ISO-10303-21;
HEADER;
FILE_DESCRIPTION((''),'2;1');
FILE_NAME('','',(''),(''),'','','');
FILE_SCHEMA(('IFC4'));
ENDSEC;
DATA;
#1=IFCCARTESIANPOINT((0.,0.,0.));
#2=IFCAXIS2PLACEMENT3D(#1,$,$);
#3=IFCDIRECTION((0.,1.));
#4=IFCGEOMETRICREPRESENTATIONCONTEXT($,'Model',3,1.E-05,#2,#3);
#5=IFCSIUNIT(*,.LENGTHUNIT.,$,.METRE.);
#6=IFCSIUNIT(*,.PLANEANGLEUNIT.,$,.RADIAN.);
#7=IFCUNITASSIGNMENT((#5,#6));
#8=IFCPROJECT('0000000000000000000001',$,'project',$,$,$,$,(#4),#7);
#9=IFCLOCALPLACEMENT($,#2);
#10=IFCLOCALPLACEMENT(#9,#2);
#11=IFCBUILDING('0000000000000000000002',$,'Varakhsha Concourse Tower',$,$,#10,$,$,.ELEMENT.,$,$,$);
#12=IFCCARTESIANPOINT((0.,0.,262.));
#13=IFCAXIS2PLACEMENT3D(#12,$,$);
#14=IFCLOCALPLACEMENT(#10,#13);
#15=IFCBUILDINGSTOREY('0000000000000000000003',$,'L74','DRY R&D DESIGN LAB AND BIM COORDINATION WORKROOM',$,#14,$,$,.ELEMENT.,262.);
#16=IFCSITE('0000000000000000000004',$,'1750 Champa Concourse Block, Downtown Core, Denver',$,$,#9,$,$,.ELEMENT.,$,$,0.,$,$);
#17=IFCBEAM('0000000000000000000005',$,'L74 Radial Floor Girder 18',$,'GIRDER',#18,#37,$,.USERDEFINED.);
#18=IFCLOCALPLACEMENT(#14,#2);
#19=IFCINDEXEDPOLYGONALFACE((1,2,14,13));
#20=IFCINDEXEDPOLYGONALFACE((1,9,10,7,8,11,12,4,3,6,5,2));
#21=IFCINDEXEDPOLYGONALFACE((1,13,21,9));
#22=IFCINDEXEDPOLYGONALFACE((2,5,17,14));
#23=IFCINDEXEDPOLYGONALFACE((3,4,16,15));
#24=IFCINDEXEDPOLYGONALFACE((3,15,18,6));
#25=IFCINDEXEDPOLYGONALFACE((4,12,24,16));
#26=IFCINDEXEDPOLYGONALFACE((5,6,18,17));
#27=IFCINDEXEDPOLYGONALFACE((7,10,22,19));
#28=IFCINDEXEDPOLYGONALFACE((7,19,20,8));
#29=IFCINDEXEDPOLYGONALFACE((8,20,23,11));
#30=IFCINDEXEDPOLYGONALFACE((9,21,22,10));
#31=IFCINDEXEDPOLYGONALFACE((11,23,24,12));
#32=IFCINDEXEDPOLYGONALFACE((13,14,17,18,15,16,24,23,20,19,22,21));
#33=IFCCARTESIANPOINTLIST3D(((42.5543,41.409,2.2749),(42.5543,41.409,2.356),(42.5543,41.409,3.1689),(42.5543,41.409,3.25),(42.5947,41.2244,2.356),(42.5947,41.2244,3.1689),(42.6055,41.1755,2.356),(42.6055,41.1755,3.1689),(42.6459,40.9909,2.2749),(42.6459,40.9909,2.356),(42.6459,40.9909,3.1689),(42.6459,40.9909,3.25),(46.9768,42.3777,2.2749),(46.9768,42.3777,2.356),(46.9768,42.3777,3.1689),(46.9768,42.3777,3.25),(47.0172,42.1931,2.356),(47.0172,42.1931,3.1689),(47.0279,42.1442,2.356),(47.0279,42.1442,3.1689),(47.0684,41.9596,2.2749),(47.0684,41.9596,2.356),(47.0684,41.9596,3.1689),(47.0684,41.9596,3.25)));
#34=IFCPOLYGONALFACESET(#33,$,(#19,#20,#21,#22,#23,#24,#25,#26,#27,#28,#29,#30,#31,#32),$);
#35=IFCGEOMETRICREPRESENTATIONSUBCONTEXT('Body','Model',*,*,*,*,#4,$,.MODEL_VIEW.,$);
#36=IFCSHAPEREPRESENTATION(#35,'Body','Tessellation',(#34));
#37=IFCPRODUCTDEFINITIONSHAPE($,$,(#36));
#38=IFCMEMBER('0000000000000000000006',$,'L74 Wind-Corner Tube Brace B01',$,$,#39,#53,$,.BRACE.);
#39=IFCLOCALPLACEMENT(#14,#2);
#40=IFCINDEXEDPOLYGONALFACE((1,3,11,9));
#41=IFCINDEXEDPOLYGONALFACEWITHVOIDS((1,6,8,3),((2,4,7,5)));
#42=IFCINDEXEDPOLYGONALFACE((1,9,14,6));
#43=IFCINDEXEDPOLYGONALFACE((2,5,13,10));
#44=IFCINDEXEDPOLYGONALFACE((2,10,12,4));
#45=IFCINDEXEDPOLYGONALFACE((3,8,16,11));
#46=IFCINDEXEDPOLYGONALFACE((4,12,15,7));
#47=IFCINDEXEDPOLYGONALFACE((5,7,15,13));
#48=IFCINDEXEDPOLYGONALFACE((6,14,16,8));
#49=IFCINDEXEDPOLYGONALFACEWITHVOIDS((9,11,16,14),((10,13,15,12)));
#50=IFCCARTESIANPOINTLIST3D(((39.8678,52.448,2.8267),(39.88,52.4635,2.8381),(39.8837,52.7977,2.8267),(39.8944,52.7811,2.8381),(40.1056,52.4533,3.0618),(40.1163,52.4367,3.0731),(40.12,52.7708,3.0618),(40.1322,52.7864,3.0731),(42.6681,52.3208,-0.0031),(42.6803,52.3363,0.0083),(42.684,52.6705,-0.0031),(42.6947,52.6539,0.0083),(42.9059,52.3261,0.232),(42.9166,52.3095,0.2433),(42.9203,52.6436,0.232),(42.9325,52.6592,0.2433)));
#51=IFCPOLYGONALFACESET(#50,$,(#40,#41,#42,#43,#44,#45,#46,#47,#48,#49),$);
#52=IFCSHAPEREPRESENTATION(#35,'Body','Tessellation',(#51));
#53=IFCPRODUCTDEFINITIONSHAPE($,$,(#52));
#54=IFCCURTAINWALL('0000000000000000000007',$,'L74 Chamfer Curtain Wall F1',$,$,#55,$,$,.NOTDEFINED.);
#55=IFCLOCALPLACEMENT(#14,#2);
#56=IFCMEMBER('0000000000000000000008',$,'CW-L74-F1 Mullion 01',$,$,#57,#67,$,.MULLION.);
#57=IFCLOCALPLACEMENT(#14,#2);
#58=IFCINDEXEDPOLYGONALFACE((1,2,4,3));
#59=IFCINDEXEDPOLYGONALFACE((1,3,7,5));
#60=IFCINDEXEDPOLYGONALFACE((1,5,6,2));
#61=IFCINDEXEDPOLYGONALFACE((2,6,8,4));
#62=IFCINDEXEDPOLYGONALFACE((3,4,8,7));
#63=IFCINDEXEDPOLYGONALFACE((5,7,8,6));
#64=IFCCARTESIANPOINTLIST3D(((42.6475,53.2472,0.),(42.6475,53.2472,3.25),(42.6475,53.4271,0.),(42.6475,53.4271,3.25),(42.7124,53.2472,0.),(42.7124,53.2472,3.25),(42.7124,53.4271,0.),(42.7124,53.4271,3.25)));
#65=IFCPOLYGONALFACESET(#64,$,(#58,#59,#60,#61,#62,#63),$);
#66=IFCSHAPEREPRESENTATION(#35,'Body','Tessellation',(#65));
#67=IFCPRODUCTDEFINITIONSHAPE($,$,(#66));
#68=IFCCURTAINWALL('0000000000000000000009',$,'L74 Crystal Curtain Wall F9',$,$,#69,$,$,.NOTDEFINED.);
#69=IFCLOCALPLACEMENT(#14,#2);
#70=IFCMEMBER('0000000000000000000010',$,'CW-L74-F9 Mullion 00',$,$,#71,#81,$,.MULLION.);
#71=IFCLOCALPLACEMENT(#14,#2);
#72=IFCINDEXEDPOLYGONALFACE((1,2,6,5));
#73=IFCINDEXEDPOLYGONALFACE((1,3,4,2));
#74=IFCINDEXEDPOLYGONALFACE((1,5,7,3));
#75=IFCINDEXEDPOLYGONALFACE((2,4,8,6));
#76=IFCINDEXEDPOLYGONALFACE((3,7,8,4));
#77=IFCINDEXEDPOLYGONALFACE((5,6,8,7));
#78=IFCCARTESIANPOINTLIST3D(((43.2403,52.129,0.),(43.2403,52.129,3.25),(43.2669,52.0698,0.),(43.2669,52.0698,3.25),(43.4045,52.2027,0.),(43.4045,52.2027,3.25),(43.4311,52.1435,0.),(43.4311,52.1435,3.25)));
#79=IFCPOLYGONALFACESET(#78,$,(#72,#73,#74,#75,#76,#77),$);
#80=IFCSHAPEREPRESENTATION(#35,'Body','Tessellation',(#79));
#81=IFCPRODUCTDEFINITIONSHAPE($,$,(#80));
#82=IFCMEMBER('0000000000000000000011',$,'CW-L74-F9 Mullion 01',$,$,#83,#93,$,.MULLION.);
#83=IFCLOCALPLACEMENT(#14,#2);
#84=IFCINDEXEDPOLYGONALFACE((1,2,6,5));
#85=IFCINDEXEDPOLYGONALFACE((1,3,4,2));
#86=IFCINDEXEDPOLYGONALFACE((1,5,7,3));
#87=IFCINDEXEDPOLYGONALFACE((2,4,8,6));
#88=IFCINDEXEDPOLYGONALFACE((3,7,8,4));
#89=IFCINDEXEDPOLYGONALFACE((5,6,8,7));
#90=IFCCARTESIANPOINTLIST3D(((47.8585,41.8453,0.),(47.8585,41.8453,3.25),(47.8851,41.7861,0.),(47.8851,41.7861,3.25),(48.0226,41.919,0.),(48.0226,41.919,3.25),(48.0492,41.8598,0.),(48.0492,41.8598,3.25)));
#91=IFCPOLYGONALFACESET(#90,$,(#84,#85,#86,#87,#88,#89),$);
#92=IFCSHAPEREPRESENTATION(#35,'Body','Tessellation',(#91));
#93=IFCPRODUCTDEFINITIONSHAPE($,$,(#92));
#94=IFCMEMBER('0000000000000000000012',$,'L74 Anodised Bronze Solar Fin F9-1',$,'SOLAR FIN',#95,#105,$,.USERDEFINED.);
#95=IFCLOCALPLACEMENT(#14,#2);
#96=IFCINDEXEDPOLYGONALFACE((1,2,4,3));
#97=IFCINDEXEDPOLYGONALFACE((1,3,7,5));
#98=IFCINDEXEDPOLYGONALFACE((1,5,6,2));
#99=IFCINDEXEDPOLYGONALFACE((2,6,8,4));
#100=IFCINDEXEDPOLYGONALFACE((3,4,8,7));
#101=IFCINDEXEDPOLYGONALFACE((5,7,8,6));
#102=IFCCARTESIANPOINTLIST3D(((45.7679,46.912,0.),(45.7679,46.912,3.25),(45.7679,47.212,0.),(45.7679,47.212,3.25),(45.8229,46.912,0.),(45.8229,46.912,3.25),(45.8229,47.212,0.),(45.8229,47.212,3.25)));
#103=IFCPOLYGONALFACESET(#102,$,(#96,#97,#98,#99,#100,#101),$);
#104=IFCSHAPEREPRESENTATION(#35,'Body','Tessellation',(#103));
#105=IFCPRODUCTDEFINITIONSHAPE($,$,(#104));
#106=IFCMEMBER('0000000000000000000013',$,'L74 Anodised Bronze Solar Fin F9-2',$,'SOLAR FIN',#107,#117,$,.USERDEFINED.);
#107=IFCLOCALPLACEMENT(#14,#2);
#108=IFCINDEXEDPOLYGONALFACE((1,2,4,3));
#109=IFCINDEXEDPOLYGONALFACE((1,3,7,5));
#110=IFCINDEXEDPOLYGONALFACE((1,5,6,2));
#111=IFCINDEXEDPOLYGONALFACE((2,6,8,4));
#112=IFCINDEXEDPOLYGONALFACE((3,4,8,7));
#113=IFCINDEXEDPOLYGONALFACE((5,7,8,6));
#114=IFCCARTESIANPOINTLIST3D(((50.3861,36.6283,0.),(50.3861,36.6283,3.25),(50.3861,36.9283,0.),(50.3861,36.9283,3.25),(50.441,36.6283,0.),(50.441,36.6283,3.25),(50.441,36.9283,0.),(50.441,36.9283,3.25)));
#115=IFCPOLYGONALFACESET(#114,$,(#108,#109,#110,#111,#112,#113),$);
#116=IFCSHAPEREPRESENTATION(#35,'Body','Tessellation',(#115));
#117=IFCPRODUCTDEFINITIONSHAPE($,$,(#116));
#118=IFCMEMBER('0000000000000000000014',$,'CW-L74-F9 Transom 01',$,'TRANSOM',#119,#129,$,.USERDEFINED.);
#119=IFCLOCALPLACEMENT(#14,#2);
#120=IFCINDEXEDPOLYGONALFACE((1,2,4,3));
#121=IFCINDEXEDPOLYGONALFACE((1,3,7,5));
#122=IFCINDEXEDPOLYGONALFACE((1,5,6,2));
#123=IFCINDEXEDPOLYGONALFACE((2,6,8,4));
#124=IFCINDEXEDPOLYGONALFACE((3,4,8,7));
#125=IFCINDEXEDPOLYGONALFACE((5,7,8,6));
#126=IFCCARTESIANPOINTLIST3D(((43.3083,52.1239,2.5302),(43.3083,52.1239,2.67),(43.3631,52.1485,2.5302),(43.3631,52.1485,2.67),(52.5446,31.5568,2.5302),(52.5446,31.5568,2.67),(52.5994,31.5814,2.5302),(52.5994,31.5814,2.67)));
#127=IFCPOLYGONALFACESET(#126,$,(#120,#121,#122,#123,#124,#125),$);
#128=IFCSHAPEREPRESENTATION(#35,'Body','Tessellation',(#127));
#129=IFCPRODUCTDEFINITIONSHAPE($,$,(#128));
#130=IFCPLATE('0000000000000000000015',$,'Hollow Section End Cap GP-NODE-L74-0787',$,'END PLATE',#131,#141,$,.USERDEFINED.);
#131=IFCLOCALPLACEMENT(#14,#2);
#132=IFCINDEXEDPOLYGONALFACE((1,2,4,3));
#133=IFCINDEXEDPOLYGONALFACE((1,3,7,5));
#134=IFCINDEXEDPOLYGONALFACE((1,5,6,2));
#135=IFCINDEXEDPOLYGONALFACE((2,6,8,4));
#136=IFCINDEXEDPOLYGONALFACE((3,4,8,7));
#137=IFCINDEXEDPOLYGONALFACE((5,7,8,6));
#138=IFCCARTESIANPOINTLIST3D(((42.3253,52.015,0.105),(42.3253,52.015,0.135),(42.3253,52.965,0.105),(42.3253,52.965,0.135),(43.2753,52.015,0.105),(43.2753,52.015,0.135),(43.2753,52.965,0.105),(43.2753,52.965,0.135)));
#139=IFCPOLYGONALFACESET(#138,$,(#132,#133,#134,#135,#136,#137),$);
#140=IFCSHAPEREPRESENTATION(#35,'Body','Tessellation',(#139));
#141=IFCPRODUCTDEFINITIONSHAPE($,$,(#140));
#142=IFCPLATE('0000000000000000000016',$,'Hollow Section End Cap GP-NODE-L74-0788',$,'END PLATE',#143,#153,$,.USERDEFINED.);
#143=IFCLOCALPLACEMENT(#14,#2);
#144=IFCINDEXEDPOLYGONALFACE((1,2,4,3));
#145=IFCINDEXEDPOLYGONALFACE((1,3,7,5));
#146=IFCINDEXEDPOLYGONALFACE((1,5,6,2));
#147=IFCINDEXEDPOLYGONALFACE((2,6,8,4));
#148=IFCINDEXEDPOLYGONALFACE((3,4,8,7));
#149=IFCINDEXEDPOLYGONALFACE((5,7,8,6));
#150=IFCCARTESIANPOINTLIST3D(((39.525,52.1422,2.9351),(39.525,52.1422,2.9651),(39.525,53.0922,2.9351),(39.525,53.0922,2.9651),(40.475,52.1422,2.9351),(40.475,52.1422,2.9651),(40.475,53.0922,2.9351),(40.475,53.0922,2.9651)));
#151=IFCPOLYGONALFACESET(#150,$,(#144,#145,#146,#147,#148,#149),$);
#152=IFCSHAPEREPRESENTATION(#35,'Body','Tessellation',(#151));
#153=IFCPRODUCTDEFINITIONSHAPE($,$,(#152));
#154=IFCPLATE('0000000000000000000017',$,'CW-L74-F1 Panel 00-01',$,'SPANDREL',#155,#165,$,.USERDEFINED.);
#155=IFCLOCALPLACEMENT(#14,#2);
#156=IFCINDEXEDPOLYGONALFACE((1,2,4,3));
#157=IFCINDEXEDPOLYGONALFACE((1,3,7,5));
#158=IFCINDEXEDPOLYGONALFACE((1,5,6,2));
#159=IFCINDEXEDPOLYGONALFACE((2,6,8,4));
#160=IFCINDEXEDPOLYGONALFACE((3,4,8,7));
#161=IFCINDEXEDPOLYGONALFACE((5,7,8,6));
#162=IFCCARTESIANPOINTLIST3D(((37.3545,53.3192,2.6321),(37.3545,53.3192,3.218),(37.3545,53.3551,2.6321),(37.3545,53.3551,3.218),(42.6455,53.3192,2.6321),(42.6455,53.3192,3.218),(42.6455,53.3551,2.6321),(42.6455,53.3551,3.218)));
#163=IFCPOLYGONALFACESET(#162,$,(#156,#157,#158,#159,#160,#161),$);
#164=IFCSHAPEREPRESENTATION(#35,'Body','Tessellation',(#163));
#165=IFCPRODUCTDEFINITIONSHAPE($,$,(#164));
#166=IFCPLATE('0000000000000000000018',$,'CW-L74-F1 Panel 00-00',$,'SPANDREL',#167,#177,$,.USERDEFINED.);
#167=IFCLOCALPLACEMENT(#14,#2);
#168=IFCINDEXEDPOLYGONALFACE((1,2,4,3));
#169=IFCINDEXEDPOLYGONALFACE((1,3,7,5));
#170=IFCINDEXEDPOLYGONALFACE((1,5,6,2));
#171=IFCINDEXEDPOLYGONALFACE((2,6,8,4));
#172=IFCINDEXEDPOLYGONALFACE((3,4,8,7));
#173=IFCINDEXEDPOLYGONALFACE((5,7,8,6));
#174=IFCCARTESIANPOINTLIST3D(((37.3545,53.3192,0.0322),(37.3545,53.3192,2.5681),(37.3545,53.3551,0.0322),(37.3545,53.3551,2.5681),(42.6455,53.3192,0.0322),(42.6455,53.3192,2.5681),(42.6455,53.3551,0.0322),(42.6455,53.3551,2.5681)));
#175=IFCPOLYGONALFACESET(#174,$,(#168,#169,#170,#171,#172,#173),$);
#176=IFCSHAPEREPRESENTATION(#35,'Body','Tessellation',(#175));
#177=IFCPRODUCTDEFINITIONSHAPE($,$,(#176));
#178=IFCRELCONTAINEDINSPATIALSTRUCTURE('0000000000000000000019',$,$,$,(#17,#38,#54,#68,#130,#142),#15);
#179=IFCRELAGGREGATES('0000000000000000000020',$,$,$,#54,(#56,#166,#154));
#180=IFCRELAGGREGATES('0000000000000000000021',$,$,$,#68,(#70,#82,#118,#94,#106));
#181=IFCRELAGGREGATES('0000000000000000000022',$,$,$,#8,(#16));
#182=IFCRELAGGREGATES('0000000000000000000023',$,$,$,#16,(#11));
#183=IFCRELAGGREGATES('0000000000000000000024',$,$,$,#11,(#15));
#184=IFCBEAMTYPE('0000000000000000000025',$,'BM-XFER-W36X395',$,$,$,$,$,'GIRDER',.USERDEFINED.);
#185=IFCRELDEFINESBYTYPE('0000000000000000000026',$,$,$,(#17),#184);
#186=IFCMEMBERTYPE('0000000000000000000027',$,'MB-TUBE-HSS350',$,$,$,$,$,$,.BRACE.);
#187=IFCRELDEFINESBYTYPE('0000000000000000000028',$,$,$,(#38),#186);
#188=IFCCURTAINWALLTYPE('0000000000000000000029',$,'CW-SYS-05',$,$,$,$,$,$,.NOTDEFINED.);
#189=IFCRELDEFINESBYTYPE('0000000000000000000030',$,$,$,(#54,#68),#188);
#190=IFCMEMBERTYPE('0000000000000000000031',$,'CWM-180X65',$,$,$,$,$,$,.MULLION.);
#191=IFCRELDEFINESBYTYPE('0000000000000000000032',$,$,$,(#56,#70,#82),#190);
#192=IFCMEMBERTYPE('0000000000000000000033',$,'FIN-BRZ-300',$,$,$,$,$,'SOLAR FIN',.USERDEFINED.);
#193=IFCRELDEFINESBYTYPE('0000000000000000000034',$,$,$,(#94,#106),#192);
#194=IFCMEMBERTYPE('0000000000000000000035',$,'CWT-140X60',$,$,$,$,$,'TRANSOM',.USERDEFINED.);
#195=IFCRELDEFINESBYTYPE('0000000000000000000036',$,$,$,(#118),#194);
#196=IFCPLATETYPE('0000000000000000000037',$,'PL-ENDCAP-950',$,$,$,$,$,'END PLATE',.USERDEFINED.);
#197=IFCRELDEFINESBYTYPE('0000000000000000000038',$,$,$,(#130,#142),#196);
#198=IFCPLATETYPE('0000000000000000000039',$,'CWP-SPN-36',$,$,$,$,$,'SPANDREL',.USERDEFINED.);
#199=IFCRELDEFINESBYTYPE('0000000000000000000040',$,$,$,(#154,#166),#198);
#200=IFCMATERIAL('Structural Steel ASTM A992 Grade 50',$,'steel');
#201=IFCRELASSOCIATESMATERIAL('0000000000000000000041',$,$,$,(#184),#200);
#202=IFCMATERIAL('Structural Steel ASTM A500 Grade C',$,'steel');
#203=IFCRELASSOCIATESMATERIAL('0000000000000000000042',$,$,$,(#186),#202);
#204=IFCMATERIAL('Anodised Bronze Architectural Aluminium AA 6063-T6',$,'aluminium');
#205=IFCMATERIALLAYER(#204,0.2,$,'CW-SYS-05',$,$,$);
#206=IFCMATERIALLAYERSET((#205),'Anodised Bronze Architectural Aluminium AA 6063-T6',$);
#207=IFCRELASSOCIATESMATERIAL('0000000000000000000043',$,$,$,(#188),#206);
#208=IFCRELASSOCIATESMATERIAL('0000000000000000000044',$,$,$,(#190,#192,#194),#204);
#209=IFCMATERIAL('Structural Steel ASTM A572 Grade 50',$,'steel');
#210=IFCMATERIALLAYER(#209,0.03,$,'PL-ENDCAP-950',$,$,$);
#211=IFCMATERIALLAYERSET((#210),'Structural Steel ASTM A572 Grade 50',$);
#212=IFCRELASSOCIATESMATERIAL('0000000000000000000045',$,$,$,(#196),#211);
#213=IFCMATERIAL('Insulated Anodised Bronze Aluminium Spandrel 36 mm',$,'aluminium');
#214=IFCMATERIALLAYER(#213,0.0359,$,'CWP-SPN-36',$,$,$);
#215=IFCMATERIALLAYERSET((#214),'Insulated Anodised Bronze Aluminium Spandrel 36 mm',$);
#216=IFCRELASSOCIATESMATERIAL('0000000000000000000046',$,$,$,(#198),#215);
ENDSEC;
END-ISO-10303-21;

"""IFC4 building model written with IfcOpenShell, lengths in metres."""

from ifc_helpers import new_model, si_unit, direction, frame, origin, origin_2d, place, context, subcontext, project, spatial, rectangle, hollow_rectangle, i_section, extrude, source, transform, mapped, material, layer, layer_set, material_profile, profile_set, type_object, type_shapes, element, aggregate, save


model = new_model("IFC4")

# Units and contexts
model_context = context("Model", 3, precision=1e-05, world=origin(), true_north=direction((0.0, 1.0)))
body_context = subcontext(model_context, "Body", "Model", "MODEL_VIEW")
ifc_project = project(units=[si_unit("LENGTHUNIT", "METRE"), si_unit("PLANEANGLEUNIT", "RADIAN")], contexts=[model_context])

# Site, building, storey
site_placement = place(None, origin())
site = spatial("IfcSite", under=ifc_project, at=site_placement, Name="1750 Champa Concourse Block, Downtown Core, Denver", CompositionType="ELEMENT", RefElevation=0.0)
building_placement = place(site_placement, origin())
building = spatial("IfcBuilding", under=site, at=building_placement, Name="Varakhsha Concourse Tower", CompositionType="ELEMENT")
storey_placement = place(building_placement, frame((0.0, 0.0, 262.0)))
storey = spatial("IfcBuildingStorey", under=building, at=storey_placement, Name="L74", Description="DRY R&D DESIGN LAB AND BIM COORDINATION WORKROOM", CompositionType="ELEMENT", Elevation=262.0)

# Shared definitions
ifc_material_1 = material(Name="Structural Steel ASTM A992 Grade 50", Category="steel")
ifc_material_2 = material(Name="Structural Steel ASTM A572 Grade 50", Category="steel")

# Beam
ifc_material_profile_1 = material_profile(ifc_material_1, i_section(OverallWidth=0.428, OverallDepth=0.9751, WebThickness=0.05, FlangeThickness=0.0811, at=origin_2d()), Name="W36X395")
ifc_profile_set_1 = profile_set([ifc_material_profile_1], Name="Structural Steel ASTM A992 Grade 50")
beam_type_1 = type_object("IfcBeamType", Name="BM-XFER-W36X395", ElementType="GIRDER", PredefinedType="USERDEFINED", material=ifc_profile_set_1)
beam_1_placement = place(storey_placement, frame((42.6001, 41.2, 2.7625), z_axis=(0.97684, 0.213972, 0.0), x_axis=(-0.213972, 0.97684, 0.0)))
element("IfcBeam", 1, at=beam_1_placement, inside=storey, type_object=beam_type_1, Name="L74 Radial Floor Girder 18", ObjectType="GIRDER", PredefinedType="USERDEFINED", context=body_context, shape_type="SweptSolid", body=[
    extrude(i_section(OverallWidth=0.428, OverallDepth=0.9751, WebThickness=0.05, FlangeThickness=0.0811, at=origin_2d()), origin(), (0.0, 0.0, 1.0), 4.5273),
])

# Member
ifc_material_3 = material(Name="Structural Steel ASTM A500 Grade C", Category="steel")
ifc_material_profile_2 = material_profile(ifc_material_3, hollow_rectangle(XDim=0.3501, YDim=0.3501, WallThickness=0.0161, at=origin_2d()), Name="HSS 350x350x16")
ifc_profile_set_2 = profile_set([ifc_material_profile_2], Name="Structural Steel ASTM A500 Grade C")
member_type_1 = type_object("IfcMemberType", Name="MB-TUBE-HSS350", PredefinedType="BRACE", material=ifc_profile_set_2)
shared_shape_1 = source(origin(), body_context, "Body", "SweptSolid", [
    extrude(hollow_rectangle(XDim=0.3501, YDim=0.3501, WallThickness=0.0161, at=origin_2d()), origin(), (0.0, 0.0, 1.0), 3.9832),
])
type_shapes(member_type_1, [shared_shape_1])
member_1_placement = place(storey_placement, frame((42.8003, 52.49, 0.1201), z_axis=(-0.703028, 0.031934, 0.710445), x_axis=(-0.045376, -0.99897, 0.0)))
element("IfcMember", 2, at=member_1_placement, inside=storey, type_object=member_type_1, Name="L74 Wind-Corner Tube Brace B01", PredefinedType="BRACE", context=body_context, shape_type="MappedRepresentation", body=[
    mapped(shared_shape_1, transform((0.0, 0.0, 0.0), scale=1.0)),
])

# Curtain wall, member
ifc_material_4 = material(Name="Anodised Bronze Architectural Aluminium AA 6063-T6", Category="aluminium")
ifc_layer_1 = layer(ifc_material_4, 0.2, Name="CW-SYS-05")
ifc_layer_set_1 = layer_set([ifc_layer_1], Name="Anodised Bronze Architectural Aluminium AA 6063-T6")
curtain_wall_type = type_object("IfcCurtainWallType", Name="CW-SYS-05", PredefinedType="NOTDEFINED", material=ifc_layer_set_1)
curtain_wall_1_placement = place(storey_placement, origin())
curtain_wall_1 = element("IfcCurtainWall", 3, at=curtain_wall_1_placement, inside=storey, type_object=curtain_wall_type, Name="L74 Chamfer Curtain Wall F1", PredefinedType="NOTDEFINED")
ifc_material_profile_3 = material_profile(ifc_material_4, rectangle(XDim=0.0649, YDim=0.1799, at=origin_2d()), Name="CWM-180X65")
ifc_profile_set_3 = profile_set([ifc_material_profile_3], Name="Anodised Bronze Architectural Aluminium AA 6063-T6")
member_type_2 = type_object("IfcMemberType", Name="CWM-180X65", PredefinedType="MULLION", material=ifc_profile_set_3)
shared_shape_2 = source(origin(), body_context, "Body", "SweptSolid", [
    extrude(rectangle(XDim=0.0649, YDim=0.1799, at=origin_2d()), origin(), (0.0, 0.0, 1.0), 3.25),
])
type_shapes(member_type_2, [shared_shape_2])
member_2_placement = place(storey_placement, frame((42.6799, 53.3372, 0.0), z_axis=(0.0, 0.0, 1.0), x_axis=(1.0, 0.0, 0.0)))
member_2 = element("IfcMember", 4, at=member_2_placement, type_object=member_type_2, Name="CW-L74-F1 Mullion 01", PredefinedType="MULLION", context=body_context, shape_type="MappedRepresentation", body=[
    mapped(shared_shape_2, transform((0.0, 0.0, 0.0), scale=1.0)),
])

# Curtain wall, members
curtain_wall_2_placement = place(storey_placement, origin())
curtain_wall_2 = element("IfcCurtainWall", 5, at=curtain_wall_2_placement, inside=storey, type_object=curtain_wall_type, Name="L74 Crystal Curtain Wall F9", PredefinedType="NOTDEFINED")
member_3_placement = place(storey_placement, frame((43.3357, 52.1362, 0.0), z_axis=(0.0, 0.0, 1.0), x_axis=(0.409662, -0.912237, 0.0)))
member_3 = element("IfcMember", 6, at=member_3_placement, type_object=member_type_2, Name="CW-L74-F9 Mullion 00", PredefinedType="MULLION", context=body_context, shape_type="MappedRepresentation", body=[
    mapped(shared_shape_2, transform((0.0, 0.0, 0.0), scale=1.0)),
])
member_4_placement = place(storey_placement, frame((47.9539, 41.8525, 0.0), z_axis=(0.0, 0.0, 1.0), x_axis=(0.409662, -0.912237, 0.0)))
member_4 = element("IfcMember", 7, at=member_4_placement, type_object=member_type_2, Name="CW-L74-F9 Mullion 01", PredefinedType="MULLION", context=body_context, shape_type="MappedRepresentation", body=[
    mapped(shared_shape_2, transform((0.0, 0.0, 0.0), scale=1.0)),
])
ifc_material_profile_4 = material_profile(ifc_material_4, rectangle(XDim=0.0549, YDim=0.3, at=origin_2d()), Name="FIN-BRZ-300")
ifc_profile_set_4 = profile_set([ifc_material_profile_4], Name="Anodised Bronze Architectural Aluminium AA 6063-T6")
member_type_3 = type_object("IfcMemberType", Name="FIN-BRZ-300", ElementType="SOLAR FIN", PredefinedType="USERDEFINED", material=ifc_profile_set_4)
shared_shape_3 = source(origin(), body_context, "Body", "SweptSolid", [
    extrude(rectangle(XDim=0.0549, YDim=0.3, at=origin_2d()), origin(), (0.0, 0.0, 1.0), 3.25),
])
type_shapes(member_type_3, [shared_shape_3])
member_5_placement = place(storey_placement, frame((45.7954, 47.062, 0.0), z_axis=(0.0, 0.0, 1.0), x_axis=(1.0, 0.0, 0.0)))
member_5 = element("IfcMember", 8, at=member_5_placement, type_object=member_type_3, Name="L74 Anodised Bronze Solar Fin F9-1", ObjectType="SOLAR FIN", PredefinedType="USERDEFINED", context=body_context, shape_type="MappedRepresentation", body=[
    mapped(shared_shape_3, transform((0.0, 0.0, 0.0), scale=1.0)),
])
member_6_placement = place(storey_placement, frame((50.4136, 36.7783, 0.0), z_axis=(0.0, 0.0, 1.0), x_axis=(1.0, 0.0, 0.0)))
member_6 = element("IfcMember", 9, at=member_6_placement, type_object=member_type_3, Name="L74 Anodised Bronze Solar Fin F9-2", ObjectType="SOLAR FIN", PredefinedType="USERDEFINED", context=body_context, shape_type="MappedRepresentation", body=[
    mapped(shared_shape_3, transform((0.0, 0.0, 0.0), scale=1.0)),
])
ifc_material_profile_5 = material_profile(ifc_material_4, rectangle(XDim=0.0601, YDim=0.1399, at=origin_2d()), Name="CWT-140X60")
ifc_profile_set_5 = profile_set([ifc_material_profile_5], Name="Anodised Bronze Architectural Aluminium AA 6063-T6")
member_type_4 = type_object("IfcMemberType", Name="CWT-140X60", ElementType="TRANSOM", PredefinedType="USERDEFINED", material=ifc_profile_set_5)
shared_shape_4 = source(origin(), body_context, "Body", "SweptSolid", [
    extrude(rectangle(XDim=0.0601, YDim=0.1399, at=origin_2d()), origin(), (0.0, 0.0, 1.0), 22.5459),
])
type_shapes(member_type_4, [shared_shape_4])
member_7_placement = place(storey_placement, frame((43.3357, 52.1362, 2.6001), z_axis=(0.409668, -0.912235, 0.0), x_axis=(0.912235, 0.409668, 0.0)))
member_7 = element("IfcMember", 10, at=member_7_placement, type_object=member_type_4, Name="CW-L74-F9 Transom 01", ObjectType="TRANSOM", PredefinedType="USERDEFINED", context=body_context, shape_type="MappedRepresentation", body=[
    mapped(shared_shape_4, transform((0.0, 0.0, 0.0), scale=1.0)),
])

# Plates
ifc_layer_2 = layer(ifc_material_2, 0.03, Name="PL-ENDCAP-950")
ifc_layer_set_2 = layer_set([ifc_layer_2], Name="Structural Steel ASTM A572 Grade 50")
plate_type_1 = type_object("IfcPlateType", Name="PL-ENDCAP-950", ElementType="END PLATE", PredefinedType="USERDEFINED", material=ifc_layer_set_2)
shared_shape_5 = source(origin(), body_context, "Body", "SweptSolid", [
    extrude(rectangle(XDim=0.95, YDim=0.95, at=origin_2d()), origin(), (0.0, 0.0, 1.0), 0.03),
])
type_shapes(plate_type_1, [shared_shape_5])
for number, where, z_axis, x_axis, name in (
    (11, (42.8003, 52.49, 0.105), (0.0, 0.0, 1.0), (1.0, 0.0, 0.0), "Hollow Section End Cap GP-NODE-L74-0787"),
    (12, (40.0, 52.6172, 2.9351), (0.0, 0.0, 1.0), (1.0, 0.0, 0.0), "Hollow Section End Cap GP-NODE-L74-0788"),
):
    element("IfcPlate", number, at=place(storey_placement, frame(where, z_axis=z_axis, x_axis=x_axis)), inside=storey, type_object=plate_type_1, Name=name, ObjectType="END PLATE", PredefinedType="USERDEFINED", context=body_context, shape_type="MappedRepresentation", body=[
        mapped(shared_shape_5, transform((0.0, 0.0, 0.0), scale=1.0)),
    ])

# Plates
ifc_material_5 = material(Name="Insulated Anodised Bronze Aluminium Spandrel 36 mm", Category="aluminium")
ifc_layer_3 = layer(ifc_material_5, 0.0359, Name="CWP-SPN-36")
ifc_layer_set_3 = layer_set([ifc_layer_3], Name="Insulated Anodised Bronze Aluminium Spandrel 36 mm")
plate_type_2 = type_object("IfcPlateType", Name="CWP-SPN-36", ElementType="SPANDREL", PredefinedType="USERDEFINED", material=ifc_layer_set_3)
shared_shape_6 = source(origin(), body_context, "Body", "SweptSolid", [
    extrude(rectangle(XDim=5.291, YDim=0.0359, at=origin_2d()), origin(), (0.0, 0.0, 1.0), 0.5859),
])
plate_1_placement = place(storey_placement, frame((40.0, 53.3372, 2.6321), z_axis=(0.0, 0.0, 1.0), x_axis=(1.0, 0.0, 0.0)))
plate_1 = element("IfcPlate", 13, at=plate_1_placement, type_object=plate_type_2, Name="CW-L74-F1 Panel 00-01", ObjectType="SPANDREL", PredefinedType="USERDEFINED", context=body_context, shape_type="MappedRepresentation", body=[
    mapped(shared_shape_6, transform((0.0, 0.0, 0.0), scale=1.0)),
])
shared_shape_7 = source(origin(), body_context, "Body", "SweptSolid", [
    extrude(rectangle(XDim=5.291, YDim=0.0359, at=origin_2d()), origin(), (0.0, 0.0, 1.0), 2.5359),
])
plate_2_placement = place(storey_placement, frame((40.0, 53.3372, 0.0322), z_axis=(0.0, 0.0, 1.0), x_axis=(1.0, 0.0, 0.0)))
plate_2 = element("IfcPlate", 14, at=plate_2_placement, type_object=plate_type_2, Name="CW-L74-F1 Panel 00-00", ObjectType="SPANDREL", PredefinedType="USERDEFINED", context=body_context, shape_type="MappedRepresentation", body=[
    mapped(shared_shape_7, transform((0.0, 0.0, 0.0), scale=1.0)),
])
aggregate(curtain_wall_1, [member_2, plate_2, plate_1])
aggregate(curtain_wall_2, [member_3, member_4, member_7, member_5, member_6])

save(model, "model.ifc")
